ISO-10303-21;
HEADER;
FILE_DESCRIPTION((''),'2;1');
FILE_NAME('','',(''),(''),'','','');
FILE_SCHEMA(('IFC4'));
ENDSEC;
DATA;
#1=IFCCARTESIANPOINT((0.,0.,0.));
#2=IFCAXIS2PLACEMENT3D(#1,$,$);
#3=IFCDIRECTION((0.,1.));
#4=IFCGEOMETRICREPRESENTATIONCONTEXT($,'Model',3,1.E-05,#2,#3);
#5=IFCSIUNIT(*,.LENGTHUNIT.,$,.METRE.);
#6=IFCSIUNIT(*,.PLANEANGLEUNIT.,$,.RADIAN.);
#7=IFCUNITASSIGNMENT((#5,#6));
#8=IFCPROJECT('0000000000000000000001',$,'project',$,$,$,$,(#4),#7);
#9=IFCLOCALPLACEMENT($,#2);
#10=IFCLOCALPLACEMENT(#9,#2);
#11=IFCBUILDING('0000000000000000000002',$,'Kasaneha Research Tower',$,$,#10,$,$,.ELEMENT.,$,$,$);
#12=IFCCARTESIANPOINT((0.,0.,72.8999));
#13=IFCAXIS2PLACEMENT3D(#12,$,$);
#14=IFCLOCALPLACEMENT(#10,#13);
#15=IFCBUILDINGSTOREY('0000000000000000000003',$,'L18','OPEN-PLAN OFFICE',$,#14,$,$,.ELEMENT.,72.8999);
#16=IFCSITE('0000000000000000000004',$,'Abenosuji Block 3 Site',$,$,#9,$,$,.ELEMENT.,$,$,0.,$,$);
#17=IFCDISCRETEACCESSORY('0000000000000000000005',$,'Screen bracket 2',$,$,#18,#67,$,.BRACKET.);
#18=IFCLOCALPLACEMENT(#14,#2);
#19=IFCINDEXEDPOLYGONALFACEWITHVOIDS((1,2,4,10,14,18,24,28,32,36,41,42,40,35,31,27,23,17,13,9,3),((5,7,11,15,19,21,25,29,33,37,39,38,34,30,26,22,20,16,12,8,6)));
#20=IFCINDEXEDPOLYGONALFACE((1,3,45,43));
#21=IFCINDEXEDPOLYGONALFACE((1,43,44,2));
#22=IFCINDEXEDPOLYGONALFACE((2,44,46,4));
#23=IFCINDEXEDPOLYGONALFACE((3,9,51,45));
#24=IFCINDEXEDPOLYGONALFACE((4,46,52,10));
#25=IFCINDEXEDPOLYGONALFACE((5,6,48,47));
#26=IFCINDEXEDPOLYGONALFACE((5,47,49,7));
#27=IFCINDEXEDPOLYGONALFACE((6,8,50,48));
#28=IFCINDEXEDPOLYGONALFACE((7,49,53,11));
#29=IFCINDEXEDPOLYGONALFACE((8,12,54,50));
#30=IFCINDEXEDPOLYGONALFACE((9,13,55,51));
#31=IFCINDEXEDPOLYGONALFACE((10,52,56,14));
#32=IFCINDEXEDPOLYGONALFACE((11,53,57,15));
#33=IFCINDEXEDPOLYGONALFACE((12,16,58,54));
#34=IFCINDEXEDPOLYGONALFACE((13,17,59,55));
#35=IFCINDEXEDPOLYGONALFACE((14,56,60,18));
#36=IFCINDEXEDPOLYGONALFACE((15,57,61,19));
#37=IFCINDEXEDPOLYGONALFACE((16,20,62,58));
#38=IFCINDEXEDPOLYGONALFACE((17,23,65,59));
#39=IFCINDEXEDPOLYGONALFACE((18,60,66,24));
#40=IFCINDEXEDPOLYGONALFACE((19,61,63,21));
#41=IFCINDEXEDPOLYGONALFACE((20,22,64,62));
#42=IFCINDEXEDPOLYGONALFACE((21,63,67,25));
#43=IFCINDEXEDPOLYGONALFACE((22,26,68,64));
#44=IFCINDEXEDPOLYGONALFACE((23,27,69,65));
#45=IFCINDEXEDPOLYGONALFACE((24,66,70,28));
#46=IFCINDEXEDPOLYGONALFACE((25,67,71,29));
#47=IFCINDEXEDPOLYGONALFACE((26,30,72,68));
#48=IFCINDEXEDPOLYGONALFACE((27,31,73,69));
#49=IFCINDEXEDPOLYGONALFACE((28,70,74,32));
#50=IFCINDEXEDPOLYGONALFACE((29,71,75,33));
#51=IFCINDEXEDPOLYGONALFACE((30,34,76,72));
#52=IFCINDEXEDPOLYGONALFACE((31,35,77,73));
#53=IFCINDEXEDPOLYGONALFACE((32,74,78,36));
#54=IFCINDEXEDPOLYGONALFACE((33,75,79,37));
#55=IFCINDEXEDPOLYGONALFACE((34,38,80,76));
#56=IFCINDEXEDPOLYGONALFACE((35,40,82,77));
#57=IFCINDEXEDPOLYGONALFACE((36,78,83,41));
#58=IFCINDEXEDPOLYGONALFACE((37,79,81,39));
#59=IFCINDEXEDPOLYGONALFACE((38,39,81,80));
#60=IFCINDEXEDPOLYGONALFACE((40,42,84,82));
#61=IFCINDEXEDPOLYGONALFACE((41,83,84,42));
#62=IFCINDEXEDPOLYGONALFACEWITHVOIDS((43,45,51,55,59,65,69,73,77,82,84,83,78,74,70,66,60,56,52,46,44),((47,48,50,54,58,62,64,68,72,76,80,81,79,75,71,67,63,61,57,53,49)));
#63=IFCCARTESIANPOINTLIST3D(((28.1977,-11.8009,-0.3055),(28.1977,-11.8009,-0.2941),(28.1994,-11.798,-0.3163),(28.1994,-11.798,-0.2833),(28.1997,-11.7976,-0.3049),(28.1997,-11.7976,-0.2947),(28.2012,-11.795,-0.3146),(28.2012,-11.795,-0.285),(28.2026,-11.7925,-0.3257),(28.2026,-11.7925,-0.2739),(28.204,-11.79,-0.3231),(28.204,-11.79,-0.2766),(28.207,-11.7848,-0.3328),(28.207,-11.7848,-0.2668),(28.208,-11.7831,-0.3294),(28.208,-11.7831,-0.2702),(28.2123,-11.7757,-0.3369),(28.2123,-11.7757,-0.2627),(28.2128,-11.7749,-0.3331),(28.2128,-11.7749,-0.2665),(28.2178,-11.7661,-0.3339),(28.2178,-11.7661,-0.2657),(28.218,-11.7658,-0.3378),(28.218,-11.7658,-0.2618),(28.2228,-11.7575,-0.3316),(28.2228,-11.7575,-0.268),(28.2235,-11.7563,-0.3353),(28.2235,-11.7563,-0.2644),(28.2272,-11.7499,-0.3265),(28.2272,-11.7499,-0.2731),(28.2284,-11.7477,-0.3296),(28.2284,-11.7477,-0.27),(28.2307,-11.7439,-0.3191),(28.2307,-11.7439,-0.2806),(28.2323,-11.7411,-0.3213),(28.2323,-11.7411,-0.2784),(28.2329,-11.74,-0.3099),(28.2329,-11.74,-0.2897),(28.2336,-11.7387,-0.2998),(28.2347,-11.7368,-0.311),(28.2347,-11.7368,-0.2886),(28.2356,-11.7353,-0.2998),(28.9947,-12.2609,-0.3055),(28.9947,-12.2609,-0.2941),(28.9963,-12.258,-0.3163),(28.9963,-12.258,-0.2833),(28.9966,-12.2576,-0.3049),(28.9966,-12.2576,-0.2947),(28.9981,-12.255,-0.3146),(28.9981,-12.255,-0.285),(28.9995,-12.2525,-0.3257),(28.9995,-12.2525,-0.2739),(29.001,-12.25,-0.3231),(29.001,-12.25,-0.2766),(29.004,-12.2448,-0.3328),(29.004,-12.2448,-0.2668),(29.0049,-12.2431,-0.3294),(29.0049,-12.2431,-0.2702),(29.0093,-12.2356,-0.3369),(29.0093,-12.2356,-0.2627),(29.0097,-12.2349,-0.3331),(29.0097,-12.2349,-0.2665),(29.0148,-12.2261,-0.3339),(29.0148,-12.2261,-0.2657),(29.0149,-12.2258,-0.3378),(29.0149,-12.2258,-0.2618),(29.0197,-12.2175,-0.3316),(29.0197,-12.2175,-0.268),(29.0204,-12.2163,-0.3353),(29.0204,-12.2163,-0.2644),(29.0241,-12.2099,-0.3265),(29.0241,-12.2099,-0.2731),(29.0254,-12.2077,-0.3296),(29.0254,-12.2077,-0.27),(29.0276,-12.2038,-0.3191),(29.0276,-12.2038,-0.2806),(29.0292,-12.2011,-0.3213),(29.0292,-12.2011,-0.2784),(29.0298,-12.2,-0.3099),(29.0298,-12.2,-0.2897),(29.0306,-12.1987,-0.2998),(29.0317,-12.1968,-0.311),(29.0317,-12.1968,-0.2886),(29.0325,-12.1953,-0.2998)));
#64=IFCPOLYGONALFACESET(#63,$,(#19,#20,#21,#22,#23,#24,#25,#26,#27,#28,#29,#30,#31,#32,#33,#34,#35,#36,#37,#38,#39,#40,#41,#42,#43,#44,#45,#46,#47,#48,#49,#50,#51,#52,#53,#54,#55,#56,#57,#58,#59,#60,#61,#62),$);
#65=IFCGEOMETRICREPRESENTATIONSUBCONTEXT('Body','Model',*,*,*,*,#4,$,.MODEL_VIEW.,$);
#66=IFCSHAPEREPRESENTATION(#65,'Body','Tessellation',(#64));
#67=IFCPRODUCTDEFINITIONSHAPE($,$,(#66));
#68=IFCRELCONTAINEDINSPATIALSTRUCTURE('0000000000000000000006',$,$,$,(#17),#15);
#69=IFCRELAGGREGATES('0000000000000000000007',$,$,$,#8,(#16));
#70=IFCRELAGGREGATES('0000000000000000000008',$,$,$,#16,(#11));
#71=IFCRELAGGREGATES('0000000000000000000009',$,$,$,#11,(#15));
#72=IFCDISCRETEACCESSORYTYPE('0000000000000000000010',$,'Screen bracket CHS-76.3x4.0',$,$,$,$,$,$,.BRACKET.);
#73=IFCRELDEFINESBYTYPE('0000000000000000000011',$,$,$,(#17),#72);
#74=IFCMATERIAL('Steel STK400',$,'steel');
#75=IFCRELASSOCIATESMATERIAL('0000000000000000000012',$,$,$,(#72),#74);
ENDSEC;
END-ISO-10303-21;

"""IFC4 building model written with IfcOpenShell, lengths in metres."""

from ifc_helpers import new_model, si_unit, direction, frame, origin, origin_2d, place, context, subcontext, project, spatial, hollow_circle, extrude, material, material_profile, profile_set, type_object, element, save


model = new_model("IFC4")

# Units and contexts
model_context = context("Model", 3, precision=1e-05, world=origin(), true_north=direction((0.0, 1.0)))
body_context = subcontext(model_context, "Body", "Model", "MODEL_VIEW")
ifc_project = project(units=[si_unit("LENGTHUNIT", "METRE"), si_unit("PLANEANGLEUNIT", "RADIAN")], contexts=[model_context])

# Site, building, storey
site_placement = place(None, origin())
site = spatial("IfcSite", under=ifc_project, at=site_placement, Name="Abenosuji Block 3 Site", CompositionType="ELEMENT", RefElevation=0.0)
building_placement = place(site_placement, origin())
building = spatial("IfcBuilding", under=site, at=building_placement, Name="Kasaneha Research Tower", CompositionType="ELEMENT")
storey_placement = place(building_placement, frame((0.0, 0.0, 72.8999)))
storey = spatial("IfcBuildingStorey", under=building, at=storey_placement, Name="L18", Description="OPEN-PLAN OFFICE", CompositionType="ELEMENT", Elevation=72.8999)

# Discrete accessory
ifc_material_1 = material(Name="Steel STK400", Category="steel")
ifc_material_profile_1 = material_profile(ifc_material_1, hollow_circle(Radius=0.0381, WallThickness=0.0039, at=origin_2d()), Name="CHS-76.3x4.0")
ifc_profile_set_1 = profile_set([ifc_material_profile_1], Name="Steel STK400")
discrete_accessory_type = type_object("IfcDiscreteAccessoryType", Name="Screen bracket CHS-76.3x4.0", PredefinedType="BRACKET", material=ifc_profile_set_1)
for number, where, z_axis, x_axis, name in (
    (1, (28.2166, -11.7683, -0.2998), (0.86608, -0.499906, 0.0), (0.499906, 0.86608, 0.0), "Screen bracket 2"),
):
    element("IfcDiscreteAccessory", number, at=place(storey_placement, frame(where, z_axis=z_axis, x_axis=x_axis)), inside=storey, type_object=discrete_accessory_type, Name=name, PredefinedType="BRACKET", context=body_context, shape_type="SweptSolid", body=[
        extrude(hollow_circle(Radius=0.0381, WallThickness=0.0039, at=origin_2d()), origin(), (0.0, 0.0, 1.0), 0.9202),
    ])

save(model, "model.ifc")
